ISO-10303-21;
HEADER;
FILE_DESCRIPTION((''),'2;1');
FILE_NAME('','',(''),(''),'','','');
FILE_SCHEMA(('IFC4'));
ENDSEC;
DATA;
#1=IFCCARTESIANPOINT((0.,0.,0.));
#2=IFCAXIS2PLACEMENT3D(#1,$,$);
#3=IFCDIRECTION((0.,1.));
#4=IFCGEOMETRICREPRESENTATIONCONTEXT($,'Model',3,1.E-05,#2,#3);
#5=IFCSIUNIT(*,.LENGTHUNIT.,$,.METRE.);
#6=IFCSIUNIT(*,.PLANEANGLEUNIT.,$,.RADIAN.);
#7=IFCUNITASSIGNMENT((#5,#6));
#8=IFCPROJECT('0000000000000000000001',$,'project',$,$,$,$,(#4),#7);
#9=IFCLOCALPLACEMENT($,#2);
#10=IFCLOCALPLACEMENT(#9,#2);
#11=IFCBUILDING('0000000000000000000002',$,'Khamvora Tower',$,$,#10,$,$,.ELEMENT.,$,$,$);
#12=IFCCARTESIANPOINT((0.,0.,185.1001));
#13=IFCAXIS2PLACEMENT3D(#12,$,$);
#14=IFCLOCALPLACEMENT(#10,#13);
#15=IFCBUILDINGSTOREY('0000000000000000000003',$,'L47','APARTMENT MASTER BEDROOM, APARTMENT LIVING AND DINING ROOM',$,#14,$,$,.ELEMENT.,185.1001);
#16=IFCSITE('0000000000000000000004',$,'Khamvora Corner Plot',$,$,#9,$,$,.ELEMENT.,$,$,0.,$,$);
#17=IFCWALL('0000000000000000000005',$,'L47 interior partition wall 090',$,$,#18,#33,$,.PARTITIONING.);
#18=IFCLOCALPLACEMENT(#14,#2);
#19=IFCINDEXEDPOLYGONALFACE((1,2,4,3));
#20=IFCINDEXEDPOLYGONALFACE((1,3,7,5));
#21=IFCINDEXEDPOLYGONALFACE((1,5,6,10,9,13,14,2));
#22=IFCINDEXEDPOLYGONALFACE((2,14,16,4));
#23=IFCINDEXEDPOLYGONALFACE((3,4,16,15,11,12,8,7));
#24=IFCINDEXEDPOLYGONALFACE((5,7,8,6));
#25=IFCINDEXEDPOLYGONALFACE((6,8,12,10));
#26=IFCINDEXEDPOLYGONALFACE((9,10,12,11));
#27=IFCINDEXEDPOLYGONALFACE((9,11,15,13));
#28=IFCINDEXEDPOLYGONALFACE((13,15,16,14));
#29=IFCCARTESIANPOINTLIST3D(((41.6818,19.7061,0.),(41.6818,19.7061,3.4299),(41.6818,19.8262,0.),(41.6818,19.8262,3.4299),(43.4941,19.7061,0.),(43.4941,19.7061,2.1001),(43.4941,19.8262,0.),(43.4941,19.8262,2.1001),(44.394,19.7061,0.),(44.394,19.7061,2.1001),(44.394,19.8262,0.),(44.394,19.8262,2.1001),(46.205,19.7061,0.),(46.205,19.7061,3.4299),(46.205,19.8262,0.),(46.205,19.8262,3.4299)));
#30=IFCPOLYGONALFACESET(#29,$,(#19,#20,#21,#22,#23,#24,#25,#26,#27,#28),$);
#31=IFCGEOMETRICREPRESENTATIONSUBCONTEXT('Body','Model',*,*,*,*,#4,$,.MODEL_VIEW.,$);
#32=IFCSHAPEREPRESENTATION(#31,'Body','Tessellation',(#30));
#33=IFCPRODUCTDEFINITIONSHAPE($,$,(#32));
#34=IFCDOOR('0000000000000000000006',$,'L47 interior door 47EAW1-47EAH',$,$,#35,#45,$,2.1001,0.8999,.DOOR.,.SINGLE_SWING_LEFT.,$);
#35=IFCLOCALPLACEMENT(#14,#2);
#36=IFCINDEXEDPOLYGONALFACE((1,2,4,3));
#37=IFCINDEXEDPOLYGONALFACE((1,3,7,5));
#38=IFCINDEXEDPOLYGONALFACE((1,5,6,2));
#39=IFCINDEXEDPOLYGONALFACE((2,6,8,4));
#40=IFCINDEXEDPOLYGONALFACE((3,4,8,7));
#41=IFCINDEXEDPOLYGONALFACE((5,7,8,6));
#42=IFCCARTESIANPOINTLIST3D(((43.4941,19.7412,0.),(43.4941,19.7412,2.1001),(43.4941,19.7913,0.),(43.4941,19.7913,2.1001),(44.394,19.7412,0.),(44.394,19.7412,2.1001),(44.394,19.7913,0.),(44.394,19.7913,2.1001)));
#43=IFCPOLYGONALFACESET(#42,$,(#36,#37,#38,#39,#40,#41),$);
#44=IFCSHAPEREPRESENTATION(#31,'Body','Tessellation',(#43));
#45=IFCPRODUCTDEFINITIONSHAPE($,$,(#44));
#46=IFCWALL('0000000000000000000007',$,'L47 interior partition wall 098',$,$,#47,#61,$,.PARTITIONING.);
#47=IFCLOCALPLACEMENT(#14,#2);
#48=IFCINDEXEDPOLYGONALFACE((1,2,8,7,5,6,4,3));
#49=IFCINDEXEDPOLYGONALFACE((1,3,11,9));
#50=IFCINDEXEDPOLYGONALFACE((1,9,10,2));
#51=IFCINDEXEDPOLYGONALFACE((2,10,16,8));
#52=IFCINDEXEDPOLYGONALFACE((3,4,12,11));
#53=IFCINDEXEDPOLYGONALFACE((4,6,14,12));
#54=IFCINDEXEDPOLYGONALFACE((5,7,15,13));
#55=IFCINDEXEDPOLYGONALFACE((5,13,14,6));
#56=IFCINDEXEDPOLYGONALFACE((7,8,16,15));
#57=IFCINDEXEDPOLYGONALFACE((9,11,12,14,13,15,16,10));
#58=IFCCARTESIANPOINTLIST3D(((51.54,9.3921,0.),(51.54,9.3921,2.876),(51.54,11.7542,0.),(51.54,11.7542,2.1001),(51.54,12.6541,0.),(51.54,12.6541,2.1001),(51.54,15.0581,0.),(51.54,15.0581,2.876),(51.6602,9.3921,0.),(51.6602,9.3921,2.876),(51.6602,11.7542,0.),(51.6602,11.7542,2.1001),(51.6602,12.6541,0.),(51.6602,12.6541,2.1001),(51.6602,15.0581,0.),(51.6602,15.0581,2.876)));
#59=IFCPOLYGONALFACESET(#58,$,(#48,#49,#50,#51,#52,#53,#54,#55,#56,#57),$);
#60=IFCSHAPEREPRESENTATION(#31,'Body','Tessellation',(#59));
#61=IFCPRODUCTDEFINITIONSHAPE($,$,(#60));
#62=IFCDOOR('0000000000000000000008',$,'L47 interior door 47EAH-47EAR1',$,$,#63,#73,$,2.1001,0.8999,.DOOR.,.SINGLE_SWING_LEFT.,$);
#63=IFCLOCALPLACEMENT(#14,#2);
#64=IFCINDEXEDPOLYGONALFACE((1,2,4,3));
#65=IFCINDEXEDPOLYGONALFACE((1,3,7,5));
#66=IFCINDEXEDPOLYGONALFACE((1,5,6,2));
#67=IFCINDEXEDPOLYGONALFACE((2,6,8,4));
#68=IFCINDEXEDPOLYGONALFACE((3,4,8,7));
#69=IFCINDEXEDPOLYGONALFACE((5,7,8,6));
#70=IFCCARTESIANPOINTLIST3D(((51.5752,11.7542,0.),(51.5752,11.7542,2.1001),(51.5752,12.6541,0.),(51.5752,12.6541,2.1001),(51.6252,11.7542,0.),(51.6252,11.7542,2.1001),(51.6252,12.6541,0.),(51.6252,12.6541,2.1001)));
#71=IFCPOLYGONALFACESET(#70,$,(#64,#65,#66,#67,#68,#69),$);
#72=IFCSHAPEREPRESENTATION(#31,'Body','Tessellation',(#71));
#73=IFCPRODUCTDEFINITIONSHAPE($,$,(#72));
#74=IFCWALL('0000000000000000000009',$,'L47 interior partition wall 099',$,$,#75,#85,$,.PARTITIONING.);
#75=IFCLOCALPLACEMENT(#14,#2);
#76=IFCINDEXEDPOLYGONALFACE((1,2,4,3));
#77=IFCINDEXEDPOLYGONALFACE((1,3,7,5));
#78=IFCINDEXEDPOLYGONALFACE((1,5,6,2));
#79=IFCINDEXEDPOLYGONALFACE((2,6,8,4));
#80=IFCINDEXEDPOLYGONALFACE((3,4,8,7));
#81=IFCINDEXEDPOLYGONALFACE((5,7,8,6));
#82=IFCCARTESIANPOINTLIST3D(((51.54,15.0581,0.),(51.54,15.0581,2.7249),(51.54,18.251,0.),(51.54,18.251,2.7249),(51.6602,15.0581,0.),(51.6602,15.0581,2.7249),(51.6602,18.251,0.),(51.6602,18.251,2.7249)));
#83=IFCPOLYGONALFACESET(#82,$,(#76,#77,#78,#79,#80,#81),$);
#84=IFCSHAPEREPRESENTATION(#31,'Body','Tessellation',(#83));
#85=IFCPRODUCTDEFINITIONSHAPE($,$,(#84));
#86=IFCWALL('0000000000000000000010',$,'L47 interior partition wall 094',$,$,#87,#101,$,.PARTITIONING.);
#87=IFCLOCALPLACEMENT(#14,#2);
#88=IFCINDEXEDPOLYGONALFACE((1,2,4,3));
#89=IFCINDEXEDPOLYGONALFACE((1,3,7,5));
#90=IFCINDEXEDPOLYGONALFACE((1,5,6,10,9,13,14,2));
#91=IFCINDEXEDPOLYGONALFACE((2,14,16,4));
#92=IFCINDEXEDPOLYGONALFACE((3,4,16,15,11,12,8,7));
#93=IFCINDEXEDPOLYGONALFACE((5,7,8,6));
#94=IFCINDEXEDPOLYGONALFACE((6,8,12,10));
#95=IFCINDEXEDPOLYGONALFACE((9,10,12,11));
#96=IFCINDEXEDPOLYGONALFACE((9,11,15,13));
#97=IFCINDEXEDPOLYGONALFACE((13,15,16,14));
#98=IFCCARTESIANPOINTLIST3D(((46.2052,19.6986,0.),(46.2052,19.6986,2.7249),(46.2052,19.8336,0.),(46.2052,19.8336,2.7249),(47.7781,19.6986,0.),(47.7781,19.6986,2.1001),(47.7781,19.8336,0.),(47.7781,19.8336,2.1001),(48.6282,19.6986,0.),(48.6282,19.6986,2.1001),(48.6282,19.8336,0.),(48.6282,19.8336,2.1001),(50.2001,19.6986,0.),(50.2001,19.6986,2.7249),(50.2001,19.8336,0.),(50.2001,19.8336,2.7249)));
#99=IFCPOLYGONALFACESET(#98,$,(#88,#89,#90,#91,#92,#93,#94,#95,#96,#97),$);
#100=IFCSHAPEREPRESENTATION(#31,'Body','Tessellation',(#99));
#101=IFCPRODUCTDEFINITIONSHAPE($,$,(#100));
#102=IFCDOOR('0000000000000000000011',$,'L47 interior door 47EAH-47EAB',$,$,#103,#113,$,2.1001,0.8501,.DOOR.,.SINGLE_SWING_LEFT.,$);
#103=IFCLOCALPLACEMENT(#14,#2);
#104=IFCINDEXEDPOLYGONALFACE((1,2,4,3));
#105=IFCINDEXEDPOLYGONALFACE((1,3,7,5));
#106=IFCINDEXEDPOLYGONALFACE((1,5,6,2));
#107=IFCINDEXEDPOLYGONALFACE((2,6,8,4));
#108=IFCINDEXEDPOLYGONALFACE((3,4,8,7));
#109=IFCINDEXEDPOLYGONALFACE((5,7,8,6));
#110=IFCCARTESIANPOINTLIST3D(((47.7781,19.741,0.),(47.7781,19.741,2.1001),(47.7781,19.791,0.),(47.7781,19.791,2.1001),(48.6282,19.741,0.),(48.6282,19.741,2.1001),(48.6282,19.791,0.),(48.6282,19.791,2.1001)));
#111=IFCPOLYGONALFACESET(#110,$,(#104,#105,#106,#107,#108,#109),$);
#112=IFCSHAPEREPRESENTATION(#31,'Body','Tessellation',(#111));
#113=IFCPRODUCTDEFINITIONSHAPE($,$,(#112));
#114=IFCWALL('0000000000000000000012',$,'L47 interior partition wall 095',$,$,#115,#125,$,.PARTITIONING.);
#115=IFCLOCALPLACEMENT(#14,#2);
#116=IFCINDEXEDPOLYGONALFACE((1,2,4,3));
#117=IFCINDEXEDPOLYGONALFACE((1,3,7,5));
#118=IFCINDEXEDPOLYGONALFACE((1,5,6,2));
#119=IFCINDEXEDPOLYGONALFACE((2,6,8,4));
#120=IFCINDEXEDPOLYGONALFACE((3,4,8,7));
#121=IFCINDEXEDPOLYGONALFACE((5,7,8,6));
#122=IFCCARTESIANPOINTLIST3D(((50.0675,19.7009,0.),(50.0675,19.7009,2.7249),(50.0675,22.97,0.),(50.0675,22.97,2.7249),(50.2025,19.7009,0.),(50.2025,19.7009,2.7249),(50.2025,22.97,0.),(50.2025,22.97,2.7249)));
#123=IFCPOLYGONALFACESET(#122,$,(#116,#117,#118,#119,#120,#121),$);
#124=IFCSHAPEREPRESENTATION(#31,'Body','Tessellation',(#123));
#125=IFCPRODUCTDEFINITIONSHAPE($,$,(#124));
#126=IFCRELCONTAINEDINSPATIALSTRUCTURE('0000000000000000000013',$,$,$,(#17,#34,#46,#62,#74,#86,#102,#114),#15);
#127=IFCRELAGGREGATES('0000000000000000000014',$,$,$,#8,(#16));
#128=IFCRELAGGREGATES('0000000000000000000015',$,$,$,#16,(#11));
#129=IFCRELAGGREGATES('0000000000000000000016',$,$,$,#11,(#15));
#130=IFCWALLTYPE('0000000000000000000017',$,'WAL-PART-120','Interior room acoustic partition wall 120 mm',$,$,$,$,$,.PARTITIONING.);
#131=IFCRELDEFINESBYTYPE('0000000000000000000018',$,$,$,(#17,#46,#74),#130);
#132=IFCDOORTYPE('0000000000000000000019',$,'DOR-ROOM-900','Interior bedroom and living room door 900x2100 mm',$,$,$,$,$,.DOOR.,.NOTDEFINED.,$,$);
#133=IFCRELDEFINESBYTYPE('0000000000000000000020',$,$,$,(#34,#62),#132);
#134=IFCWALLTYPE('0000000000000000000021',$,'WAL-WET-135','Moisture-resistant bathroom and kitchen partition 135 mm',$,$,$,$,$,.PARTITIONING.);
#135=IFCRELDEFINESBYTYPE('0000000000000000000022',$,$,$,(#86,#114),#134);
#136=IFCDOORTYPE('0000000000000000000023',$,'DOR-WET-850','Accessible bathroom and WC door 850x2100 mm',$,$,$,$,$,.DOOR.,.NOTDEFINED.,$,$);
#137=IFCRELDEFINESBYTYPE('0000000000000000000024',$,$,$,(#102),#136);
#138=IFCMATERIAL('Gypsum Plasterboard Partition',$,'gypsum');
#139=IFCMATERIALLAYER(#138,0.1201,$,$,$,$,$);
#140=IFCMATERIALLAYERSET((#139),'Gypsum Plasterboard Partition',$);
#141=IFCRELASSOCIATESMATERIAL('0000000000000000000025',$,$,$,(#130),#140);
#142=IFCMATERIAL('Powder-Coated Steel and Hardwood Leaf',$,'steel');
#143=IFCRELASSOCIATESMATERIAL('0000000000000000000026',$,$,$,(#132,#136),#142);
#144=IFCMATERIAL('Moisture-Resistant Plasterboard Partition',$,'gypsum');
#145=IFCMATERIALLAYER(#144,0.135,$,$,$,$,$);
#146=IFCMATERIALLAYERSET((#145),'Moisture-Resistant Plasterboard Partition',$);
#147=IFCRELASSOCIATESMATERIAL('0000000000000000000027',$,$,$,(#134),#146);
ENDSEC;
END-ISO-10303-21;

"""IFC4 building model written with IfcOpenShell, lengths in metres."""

from ifc_helpers import new_model, si_unit, direction, frame, frame_2d, origin, place, context, subcontext, project, spatial, rectangle, extrude, material, layer, layer_set, type_object, element, fill, save


model = new_model("IFC4")

# Units and contexts
model_context = context("Model", 3, precision=1e-05, world=origin(), true_north=direction((0.0, 1.0)))
body_context = subcontext(model_context, "Body", "Model", "MODEL_VIEW")
ifc_project = project(units=[si_unit("LENGTHUNIT", "METRE"), si_unit("PLANEANGLEUNIT", "RADIAN")], contexts=[model_context])

# Site, building, storey
site_placement = place(None, origin())
site = spatial("IfcSite", under=ifc_project, at=site_placement, Name="Khamvora Corner Plot", CompositionType="ELEMENT", RefElevation=0.0)
building_placement = place(site_placement, origin())
building = spatial("IfcBuilding", under=site, at=building_placement, Name="Khamvora Tower", CompositionType="ELEMENT")
storey_placement = place(building_placement, frame((0.0, 0.0, 185.1001)))
storey = spatial("IfcBuildingStorey", under=building, at=storey_placement, Name="L47", Description="APARTMENT MASTER BEDROOM, APARTMENT LIVING AND DINING ROOM", CompositionType="ELEMENT", Elevation=185.1001)

# Walls, openings, doors
ifc_material_1 = material(Name="Gypsum Plasterboard Partition", Category="gypsum")
ifc_layer_1 = layer(ifc_material_1, 0.1201)
ifc_layer_set_1 = layer_set([ifc_layer_1], Name="Gypsum Plasterboard Partition")
wall_type_1 = type_object("IfcWallType", Name="WAL-PART-120", Description="Interior room acoustic partition wall 120 mm", PredefinedType="PARTITIONING", material=ifc_layer_set_1)
wall_1_placement = place(storey_placement, frame((46.2051, 19.7661, 0.0), z_axis=(0.0, 0.0, 1.0), x_axis=(-1.0, 0.0, 0.0)))
wall_1 = element("IfcWall", 1, at=wall_1_placement, inside=storey, type_object=wall_type_1, Name="L47 interior partition wall 090", PredefinedType="PARTITIONING", context=body_context, shape_type="SweptSolid", body=[
    extrude(rectangle(XDim=4.5232, YDim=0.1201, at=frame_2d((2.2617, 0.0))), origin(), (0.0, 0.0, 1.0), 3.4299),
])
opening_1_placement = place(wall_1_placement, frame((1.811, 0.0, 0.0)))
opening_1 = element("IfcOpeningElement", 2, at=opening_1_placement, cuts=wall_1, PredefinedType="OPENING", context=body_context, shape_type="SweptSolid", body=[
    extrude(rectangle(XDim=0.8999, YDim=2.1001, at=frame_2d((0.45, 1.05))), frame((0.0, 0.0701, 0.0), z_axis=(0.0, -1.0, 0.0), x_axis=(1.0, 0.0, 0.0)), (0.0, 0.0, 1.0), 0.1401),
])
ifc_material_2 = material(Name="Powder-Coated Steel and Hardwood Leaf", Category="steel")
door_type_1 = type_object("IfcDoorType", Name="DOR-ROOM-900", Description="Interior bedroom and living room door 900x2100 mm", OperationType="NOTDEFINED", PredefinedType="DOOR", material=ifc_material_2)
door_1_placement = place(opening_1_placement, origin())
door_1 = element("IfcDoor", 3, at=door_1_placement, inside=storey, type_object=door_type_1, Name="L47 interior door 47EAW1-47EAH", OperationType="SINGLE_SWING_LEFT", OverallHeight=2.1001, OverallWidth=0.8999, PredefinedType="DOOR", context=body_context, shape_type="SweptSolid", body=[
    extrude(rectangle(XDim=0.8999, YDim=2.1001, at=frame_2d((0.45, 1.05))), frame((0.0, 0.0249, 0.0), z_axis=(0.0, -1.0, 0.0), x_axis=(1.0, 0.0, 0.0)), (0.0, 0.0, 1.0), 0.05),
])
fill(opening_1, door_1)
wall_2_placement = place(storey_placement, frame((51.6001, 9.3921, 0.0), z_axis=(0.0, 0.0, 1.0), x_axis=(0.0, 1.0, 0.0)))
wall_2 = element("IfcWall", 4, at=wall_2_placement, inside=storey, type_object=wall_type_1, Name="L47 interior partition wall 098", PredefinedType="PARTITIONING", context=body_context, shape_type="SweptSolid", body=[
    extrude(rectangle(XDim=5.666, YDim=0.1201, at=frame_2d((2.833, 0.0))), origin(), (0.0, 0.0, 1.0), 2.876),
])
opening_2_placement = place(wall_2_placement, frame((2.3621, 0.0, 0.0)))
opening_2 = element("IfcOpeningElement", 5, at=opening_2_placement, cuts=wall_2, PredefinedType="OPENING", context=body_context, shape_type="SweptSolid", body=[
    extrude(rectangle(XDim=0.8999, YDim=2.1001, at=frame_2d((0.45, 1.05))), frame((0.0, 0.0701, 0.0), z_axis=(0.0, -1.0, 0.0), x_axis=(1.0, 0.0, 0.0)), (0.0, 0.0, 1.0), 0.1401),
])
door_2_placement = place(opening_2_placement, origin())
door_2 = element("IfcDoor", 6, at=door_2_placement, inside=storey, type_object=door_type_1, Name="L47 interior door 47EAH-47EAR1", OperationType="SINGLE_SWING_LEFT", OverallHeight=2.1001, OverallWidth=0.8999, PredefinedType="DOOR", context=body_context, shape_type="SweptSolid", body=[
    extrude(rectangle(XDim=0.8999, YDim=2.1001, at=frame_2d((0.45, 1.05))), frame((0.0, 0.0249, 0.0), z_axis=(0.0, -1.0, 0.0), x_axis=(1.0, 0.0, 0.0)), (0.0, 0.0, 1.0), 0.05),
])
fill(opening_2, door_2)

# Wall
wall_3_placement = place(storey_placement, frame((51.6001, 15.0581, 0.0), z_axis=(0.0, 0.0, 1.0), x_axis=(0.0, 1.0, 0.0)))
element("IfcWall", 7, at=wall_3_placement, inside=storey, type_object=wall_type_1, Name="L47 interior partition wall 099", PredefinedType="PARTITIONING", context=body_context, shape_type="SweptSolid", body=[
    extrude(rectangle(XDim=3.1929, YDim=0.1201, at=frame_2d((1.5964, 0.0))), origin(), (0.0, 0.0, 1.0), 2.7249),
])

# Wall, opening, door
ifc_material_3 = material(Name="Moisture-Resistant Plasterboard Partition", Category="gypsum")
ifc_layer_2 = layer(ifc_material_3, 0.135)
ifc_layer_set_2 = layer_set([ifc_layer_2], Name="Moisture-Resistant Plasterboard Partition")
wall_type_2 = type_object("IfcWallType", Name="WAL-WET-135", Description="Moisture-resistant bathroom and kitchen partition 135 mm", PredefinedType="PARTITIONING", material=ifc_layer_set_2)
wall_4_placement = place(storey_placement, frame((46.2051, 19.7661, 0.0), z_axis=(0.0, 0.0, 1.0), x_axis=(1.0, 0.0, 0.0)))
wall_4 = element("IfcWall", 8, at=wall_4_placement, inside=storey, type_object=wall_type_2, Name="L47 interior partition wall 094", PredefinedType="PARTITIONING", context=body_context, shape_type="SweptSolid", body=[
    extrude(rectangle(XDim=3.9949, YDim=0.135, at=frame_2d((1.9976, 0.0))), origin(), (0.0, 0.0, 1.0), 2.7249),
])
opening_3_placement = place(wall_4_placement, frame((1.573, 0.0, 0.0)))
opening_3 = element("IfcOpeningElement", 9, at=opening_3_placement, cuts=wall_4, PredefinedType="OPENING", context=body_context, shape_type="SweptSolid", body=[
    extrude(rectangle(XDim=0.8501, YDim=2.1001, at=frame_2d((0.425, 1.05))), frame((0.0, 0.0774, 0.0), z_axis=(0.0, -1.0, 0.0), x_axis=(1.0, 0.0, 0.0)), (0.0, 0.0, 1.0), 0.155),
])
door_type_2 = type_object("IfcDoorType", Name="DOR-WET-850", Description="Accessible bathroom and WC door 850x2100 mm", OperationType="NOTDEFINED", PredefinedType="DOOR", material=ifc_material_2)
door_3_placement = place(opening_3_placement, origin())
door_3 = element("IfcDoor", 10, at=door_3_placement, inside=storey, type_object=door_type_2, Name="L47 interior door 47EAH-47EAB", OperationType="SINGLE_SWING_LEFT", OverallHeight=2.1001, OverallWidth=0.8501, PredefinedType="DOOR", context=body_context, shape_type="SweptSolid", body=[
    extrude(rectangle(XDim=0.8501, YDim=2.1001, at=frame_2d((0.425, 1.05))), frame((0.0, 0.0249, 0.0), z_axis=(0.0, -1.0, 0.0), x_axis=(1.0, 0.0, 0.0)), (0.0, 0.0, 1.0), 0.05),
])
fill(opening_3, door_3)

# Wall
wall_5_placement = place(storey_placement, frame((50.135, 19.7009, 0.0), z_axis=(0.0, 0.0, 1.0), x_axis=(0.0, 1.0, 0.0)))
element("IfcWall", 11, at=wall_5_placement, inside=storey, type_object=wall_type_2, Name="L47 interior partition wall 095", PredefinedType="PARTITIONING", context=body_context, shape_type="SweptSolid", body=[
    extrude(rectangle(XDim=3.269, YDim=0.135, at=frame_2d((1.6345, 0.0))), origin(), (0.0, 0.0, 1.0), 2.7249),
])

save(model, "model.ifc")
